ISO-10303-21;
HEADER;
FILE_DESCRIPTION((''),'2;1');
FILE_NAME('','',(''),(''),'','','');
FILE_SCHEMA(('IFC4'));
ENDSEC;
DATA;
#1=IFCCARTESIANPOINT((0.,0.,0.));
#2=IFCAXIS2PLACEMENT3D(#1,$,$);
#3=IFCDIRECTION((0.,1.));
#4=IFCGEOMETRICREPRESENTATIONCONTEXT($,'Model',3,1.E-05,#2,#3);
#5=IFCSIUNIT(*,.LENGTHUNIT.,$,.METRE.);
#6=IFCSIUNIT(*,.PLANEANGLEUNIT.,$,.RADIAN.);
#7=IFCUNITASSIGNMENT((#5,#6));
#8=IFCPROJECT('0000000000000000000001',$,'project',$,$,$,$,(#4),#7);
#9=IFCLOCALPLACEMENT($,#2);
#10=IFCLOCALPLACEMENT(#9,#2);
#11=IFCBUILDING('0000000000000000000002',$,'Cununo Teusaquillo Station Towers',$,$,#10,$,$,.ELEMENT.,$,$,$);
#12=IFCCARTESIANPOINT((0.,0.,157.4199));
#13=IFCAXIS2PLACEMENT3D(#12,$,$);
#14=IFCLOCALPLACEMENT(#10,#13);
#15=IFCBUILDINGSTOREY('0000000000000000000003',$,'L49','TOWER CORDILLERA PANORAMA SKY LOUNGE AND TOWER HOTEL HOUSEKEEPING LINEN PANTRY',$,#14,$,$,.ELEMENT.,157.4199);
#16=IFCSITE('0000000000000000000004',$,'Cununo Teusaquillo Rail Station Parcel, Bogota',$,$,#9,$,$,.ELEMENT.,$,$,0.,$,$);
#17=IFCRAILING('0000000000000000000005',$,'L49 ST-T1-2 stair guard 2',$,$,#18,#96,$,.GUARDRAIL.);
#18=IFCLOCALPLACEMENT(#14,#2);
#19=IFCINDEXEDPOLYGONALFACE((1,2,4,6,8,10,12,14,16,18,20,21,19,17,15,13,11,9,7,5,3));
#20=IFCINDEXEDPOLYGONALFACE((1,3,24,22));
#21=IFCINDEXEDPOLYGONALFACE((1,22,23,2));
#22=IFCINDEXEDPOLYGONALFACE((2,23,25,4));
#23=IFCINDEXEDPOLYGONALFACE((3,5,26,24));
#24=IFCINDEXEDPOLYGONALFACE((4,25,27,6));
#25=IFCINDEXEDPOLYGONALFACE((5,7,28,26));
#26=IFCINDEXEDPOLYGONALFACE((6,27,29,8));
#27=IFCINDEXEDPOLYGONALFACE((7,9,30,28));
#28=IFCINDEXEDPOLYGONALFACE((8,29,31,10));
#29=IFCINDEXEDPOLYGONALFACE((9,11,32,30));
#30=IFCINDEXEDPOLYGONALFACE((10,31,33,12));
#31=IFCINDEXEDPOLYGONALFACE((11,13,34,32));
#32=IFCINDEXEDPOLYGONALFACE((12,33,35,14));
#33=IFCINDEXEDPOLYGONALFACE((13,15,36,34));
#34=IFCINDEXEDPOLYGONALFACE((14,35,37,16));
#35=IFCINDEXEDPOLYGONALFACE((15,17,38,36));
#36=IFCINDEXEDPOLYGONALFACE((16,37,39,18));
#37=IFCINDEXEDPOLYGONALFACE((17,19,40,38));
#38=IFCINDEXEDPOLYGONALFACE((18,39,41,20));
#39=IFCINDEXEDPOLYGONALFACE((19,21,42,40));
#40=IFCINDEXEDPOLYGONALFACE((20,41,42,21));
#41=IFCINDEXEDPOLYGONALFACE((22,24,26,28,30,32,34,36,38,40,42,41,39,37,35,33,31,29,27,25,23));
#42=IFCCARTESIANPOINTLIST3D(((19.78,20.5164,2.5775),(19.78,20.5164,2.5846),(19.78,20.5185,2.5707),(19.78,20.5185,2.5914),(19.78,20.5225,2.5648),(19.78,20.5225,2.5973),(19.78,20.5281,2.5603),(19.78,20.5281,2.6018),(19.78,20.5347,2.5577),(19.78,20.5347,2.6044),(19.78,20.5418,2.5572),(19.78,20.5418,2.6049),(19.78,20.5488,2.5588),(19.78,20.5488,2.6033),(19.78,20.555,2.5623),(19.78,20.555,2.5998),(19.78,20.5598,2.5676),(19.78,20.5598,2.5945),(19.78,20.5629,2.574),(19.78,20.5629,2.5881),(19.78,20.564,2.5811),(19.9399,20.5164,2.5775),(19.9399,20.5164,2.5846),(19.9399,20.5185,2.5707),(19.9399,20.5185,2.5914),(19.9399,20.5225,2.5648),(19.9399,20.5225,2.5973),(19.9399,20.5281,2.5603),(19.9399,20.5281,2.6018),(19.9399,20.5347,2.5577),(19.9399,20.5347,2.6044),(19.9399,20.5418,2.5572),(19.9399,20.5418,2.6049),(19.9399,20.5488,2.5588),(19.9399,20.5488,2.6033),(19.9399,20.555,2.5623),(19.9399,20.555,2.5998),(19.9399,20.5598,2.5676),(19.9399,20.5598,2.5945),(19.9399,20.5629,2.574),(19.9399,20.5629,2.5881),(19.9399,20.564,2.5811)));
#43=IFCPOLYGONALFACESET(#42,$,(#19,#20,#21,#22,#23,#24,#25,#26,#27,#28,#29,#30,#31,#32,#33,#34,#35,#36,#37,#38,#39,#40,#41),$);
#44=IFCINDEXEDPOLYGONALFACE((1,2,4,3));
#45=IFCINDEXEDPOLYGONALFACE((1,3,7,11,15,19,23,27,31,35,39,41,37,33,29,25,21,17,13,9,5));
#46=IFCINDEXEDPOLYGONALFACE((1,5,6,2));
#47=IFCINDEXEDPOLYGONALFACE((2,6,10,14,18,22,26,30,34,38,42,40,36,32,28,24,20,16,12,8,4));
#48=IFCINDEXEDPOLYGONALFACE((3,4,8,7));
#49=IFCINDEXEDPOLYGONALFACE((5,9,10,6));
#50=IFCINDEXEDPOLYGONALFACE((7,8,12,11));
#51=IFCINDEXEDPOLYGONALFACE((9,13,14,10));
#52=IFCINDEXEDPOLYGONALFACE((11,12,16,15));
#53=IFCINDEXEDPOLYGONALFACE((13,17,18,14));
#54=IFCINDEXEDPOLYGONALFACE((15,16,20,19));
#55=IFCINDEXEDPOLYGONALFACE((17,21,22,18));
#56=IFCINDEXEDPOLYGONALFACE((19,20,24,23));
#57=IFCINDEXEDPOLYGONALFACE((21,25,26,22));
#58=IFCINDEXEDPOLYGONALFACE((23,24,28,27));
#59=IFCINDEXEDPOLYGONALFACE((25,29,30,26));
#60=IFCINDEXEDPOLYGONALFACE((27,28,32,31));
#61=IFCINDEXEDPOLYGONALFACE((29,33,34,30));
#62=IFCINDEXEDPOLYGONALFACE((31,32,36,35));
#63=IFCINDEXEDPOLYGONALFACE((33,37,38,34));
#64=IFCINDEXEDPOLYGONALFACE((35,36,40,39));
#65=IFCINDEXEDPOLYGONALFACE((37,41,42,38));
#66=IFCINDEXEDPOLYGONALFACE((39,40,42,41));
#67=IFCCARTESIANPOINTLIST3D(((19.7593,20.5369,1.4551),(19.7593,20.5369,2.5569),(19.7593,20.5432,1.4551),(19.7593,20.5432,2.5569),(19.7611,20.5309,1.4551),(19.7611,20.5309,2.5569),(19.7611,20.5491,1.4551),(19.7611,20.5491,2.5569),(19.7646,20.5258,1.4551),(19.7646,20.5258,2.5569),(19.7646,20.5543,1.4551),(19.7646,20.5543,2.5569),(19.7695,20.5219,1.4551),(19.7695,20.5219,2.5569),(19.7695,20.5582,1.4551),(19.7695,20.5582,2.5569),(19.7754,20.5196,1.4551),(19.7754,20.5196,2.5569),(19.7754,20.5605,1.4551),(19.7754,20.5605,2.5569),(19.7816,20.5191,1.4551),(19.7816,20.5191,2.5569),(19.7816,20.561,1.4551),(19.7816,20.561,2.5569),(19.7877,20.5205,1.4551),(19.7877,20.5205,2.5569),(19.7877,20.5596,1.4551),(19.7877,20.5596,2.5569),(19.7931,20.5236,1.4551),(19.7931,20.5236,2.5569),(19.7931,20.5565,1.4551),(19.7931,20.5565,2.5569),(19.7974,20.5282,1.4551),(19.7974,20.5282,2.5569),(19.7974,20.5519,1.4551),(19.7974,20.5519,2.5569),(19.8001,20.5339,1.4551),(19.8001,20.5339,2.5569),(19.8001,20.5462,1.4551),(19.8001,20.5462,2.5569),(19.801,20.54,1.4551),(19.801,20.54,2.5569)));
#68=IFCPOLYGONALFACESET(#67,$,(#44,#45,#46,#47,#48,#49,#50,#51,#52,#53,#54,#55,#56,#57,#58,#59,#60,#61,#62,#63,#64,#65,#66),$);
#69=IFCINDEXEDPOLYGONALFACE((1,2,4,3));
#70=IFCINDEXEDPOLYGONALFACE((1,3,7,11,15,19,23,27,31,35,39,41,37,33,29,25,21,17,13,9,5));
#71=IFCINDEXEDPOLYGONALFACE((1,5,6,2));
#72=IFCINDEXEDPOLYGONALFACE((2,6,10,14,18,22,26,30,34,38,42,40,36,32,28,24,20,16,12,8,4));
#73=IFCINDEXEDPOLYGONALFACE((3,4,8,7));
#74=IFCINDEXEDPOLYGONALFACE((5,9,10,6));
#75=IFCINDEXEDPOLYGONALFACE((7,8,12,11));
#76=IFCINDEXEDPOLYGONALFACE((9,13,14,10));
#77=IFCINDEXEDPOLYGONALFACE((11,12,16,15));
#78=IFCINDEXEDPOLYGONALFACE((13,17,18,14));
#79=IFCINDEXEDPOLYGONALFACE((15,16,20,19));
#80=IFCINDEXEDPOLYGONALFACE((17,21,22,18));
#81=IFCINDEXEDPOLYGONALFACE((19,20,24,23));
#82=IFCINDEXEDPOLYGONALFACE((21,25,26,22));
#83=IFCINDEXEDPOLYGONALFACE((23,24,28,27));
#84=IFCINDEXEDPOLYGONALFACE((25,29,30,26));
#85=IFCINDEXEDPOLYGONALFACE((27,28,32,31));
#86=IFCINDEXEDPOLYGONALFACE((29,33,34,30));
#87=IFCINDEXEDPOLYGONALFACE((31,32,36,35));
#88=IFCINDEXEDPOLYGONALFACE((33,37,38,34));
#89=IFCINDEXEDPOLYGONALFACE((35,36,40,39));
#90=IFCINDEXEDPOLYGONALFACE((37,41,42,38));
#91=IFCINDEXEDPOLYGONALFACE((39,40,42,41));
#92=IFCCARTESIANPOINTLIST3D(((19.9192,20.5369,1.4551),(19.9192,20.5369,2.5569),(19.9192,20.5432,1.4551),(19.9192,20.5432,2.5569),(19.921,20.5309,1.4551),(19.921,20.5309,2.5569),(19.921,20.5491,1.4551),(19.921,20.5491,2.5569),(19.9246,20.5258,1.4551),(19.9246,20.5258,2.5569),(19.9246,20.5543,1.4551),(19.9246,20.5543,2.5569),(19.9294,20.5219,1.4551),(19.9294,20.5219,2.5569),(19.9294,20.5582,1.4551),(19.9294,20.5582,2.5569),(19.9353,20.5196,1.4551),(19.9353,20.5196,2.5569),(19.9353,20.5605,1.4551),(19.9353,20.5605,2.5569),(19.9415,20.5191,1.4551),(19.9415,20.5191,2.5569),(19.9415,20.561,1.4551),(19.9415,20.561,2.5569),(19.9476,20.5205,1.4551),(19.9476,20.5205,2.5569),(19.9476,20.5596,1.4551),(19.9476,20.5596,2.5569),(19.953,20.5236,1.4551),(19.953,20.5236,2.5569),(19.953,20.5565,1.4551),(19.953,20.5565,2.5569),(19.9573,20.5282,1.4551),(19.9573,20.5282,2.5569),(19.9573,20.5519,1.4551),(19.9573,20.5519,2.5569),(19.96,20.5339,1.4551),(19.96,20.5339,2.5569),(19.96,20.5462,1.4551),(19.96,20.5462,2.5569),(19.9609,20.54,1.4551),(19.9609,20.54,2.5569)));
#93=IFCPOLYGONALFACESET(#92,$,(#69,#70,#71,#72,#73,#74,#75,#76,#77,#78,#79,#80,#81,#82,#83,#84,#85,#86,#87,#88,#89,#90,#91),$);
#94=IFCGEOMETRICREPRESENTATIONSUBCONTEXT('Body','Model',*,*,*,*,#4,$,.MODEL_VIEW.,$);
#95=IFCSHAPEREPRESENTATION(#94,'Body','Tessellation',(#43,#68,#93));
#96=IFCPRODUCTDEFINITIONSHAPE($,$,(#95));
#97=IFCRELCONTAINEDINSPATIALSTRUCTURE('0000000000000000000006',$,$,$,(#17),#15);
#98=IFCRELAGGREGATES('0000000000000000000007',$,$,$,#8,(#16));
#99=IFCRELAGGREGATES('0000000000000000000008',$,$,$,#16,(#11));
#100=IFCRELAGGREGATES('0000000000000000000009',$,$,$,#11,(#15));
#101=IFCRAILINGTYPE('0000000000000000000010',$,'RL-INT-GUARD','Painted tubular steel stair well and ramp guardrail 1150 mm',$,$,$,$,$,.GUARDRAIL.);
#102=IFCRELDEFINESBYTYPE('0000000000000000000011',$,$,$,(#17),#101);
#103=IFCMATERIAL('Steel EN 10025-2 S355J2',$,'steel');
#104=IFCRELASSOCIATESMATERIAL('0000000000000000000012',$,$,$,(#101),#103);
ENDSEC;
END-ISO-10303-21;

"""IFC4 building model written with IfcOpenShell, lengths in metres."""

from ifc_helpers import new_model, si_unit, direction, frame, origin, origin_2d, place, context, subcontext, project, spatial, circle, extrude, material, type_object, element, save


model = new_model("IFC4")

# Units and contexts
model_context = context("Model", 3, precision=1e-05, world=origin(), true_north=direction((0.0, 1.0)))
body_context = subcontext(model_context, "Body", "Model", "MODEL_VIEW")
ifc_project = project(units=[si_unit("LENGTHUNIT", "METRE"), si_unit("PLANEANGLEUNIT", "RADIAN")], contexts=[model_context])

# Site, building, storey
site_placement = place(None, origin())
site = spatial("IfcSite", under=ifc_project, at=site_placement, Name="Cununo Teusaquillo Rail Station Parcel, Bogota", CompositionType="ELEMENT", RefElevation=0.0)
building_placement = place(site_placement, origin())
building = spatial("IfcBuilding", under=site, at=building_placement, Name="Cununo Teusaquillo Station Towers", CompositionType="ELEMENT")
storey_placement = place(building_placement, frame((0.0, 0.0, 157.4199)))
storey = spatial("IfcBuildingStorey", under=building, at=storey_placement, Name="L49", Description="TOWER CORDILLERA PANORAMA SKY LOUNGE AND TOWER HOTEL HOUSEKEEPING LINEN PANTRY", CompositionType="ELEMENT", Elevation=157.4199)

# Railing
ifc_material_1 = material(Name="Steel EN 10025-2 S355J2", Category="steel")
railing_type_1 = type_object("IfcRailingType", Name="RL-INT-GUARD", Description="Painted tubular steel stair well and ramp guardrail 1150 mm", PredefinedType="GUARDRAIL", material=ifc_material_1)
railing_1_placement = place(storey_placement, frame((19.78, 20.54, 1.4551)))
element("IfcRailing", 1, at=railing_1_placement, inside=storey, type_object=railing_type_1, Name="L49 ST-T1-2 stair guard 2", PredefinedType="GUARDRAIL", context=body_context, shape_type="SweptSolid", body=[
    extrude(circle(Radius=0.0239, at=origin_2d()), frame((0.0, 0.0, 1.126), z_axis=(1.0, 0.0, 0.0), x_axis=(0.0, 1.0, 0.0)), (0.0, 0.0, 1.0), 0.1599),
    extrude(circle(Radius=0.021, at=origin_2d()), origin(), (0.0, 0.0, 1.0), 1.1018),
    extrude(circle(Radius=0.021, at=origin_2d()), frame((0.1599, 0.0, 0.0)), (0.0, 0.0, 1.0), 1.1018),
])

save(model, "model.ifc")
